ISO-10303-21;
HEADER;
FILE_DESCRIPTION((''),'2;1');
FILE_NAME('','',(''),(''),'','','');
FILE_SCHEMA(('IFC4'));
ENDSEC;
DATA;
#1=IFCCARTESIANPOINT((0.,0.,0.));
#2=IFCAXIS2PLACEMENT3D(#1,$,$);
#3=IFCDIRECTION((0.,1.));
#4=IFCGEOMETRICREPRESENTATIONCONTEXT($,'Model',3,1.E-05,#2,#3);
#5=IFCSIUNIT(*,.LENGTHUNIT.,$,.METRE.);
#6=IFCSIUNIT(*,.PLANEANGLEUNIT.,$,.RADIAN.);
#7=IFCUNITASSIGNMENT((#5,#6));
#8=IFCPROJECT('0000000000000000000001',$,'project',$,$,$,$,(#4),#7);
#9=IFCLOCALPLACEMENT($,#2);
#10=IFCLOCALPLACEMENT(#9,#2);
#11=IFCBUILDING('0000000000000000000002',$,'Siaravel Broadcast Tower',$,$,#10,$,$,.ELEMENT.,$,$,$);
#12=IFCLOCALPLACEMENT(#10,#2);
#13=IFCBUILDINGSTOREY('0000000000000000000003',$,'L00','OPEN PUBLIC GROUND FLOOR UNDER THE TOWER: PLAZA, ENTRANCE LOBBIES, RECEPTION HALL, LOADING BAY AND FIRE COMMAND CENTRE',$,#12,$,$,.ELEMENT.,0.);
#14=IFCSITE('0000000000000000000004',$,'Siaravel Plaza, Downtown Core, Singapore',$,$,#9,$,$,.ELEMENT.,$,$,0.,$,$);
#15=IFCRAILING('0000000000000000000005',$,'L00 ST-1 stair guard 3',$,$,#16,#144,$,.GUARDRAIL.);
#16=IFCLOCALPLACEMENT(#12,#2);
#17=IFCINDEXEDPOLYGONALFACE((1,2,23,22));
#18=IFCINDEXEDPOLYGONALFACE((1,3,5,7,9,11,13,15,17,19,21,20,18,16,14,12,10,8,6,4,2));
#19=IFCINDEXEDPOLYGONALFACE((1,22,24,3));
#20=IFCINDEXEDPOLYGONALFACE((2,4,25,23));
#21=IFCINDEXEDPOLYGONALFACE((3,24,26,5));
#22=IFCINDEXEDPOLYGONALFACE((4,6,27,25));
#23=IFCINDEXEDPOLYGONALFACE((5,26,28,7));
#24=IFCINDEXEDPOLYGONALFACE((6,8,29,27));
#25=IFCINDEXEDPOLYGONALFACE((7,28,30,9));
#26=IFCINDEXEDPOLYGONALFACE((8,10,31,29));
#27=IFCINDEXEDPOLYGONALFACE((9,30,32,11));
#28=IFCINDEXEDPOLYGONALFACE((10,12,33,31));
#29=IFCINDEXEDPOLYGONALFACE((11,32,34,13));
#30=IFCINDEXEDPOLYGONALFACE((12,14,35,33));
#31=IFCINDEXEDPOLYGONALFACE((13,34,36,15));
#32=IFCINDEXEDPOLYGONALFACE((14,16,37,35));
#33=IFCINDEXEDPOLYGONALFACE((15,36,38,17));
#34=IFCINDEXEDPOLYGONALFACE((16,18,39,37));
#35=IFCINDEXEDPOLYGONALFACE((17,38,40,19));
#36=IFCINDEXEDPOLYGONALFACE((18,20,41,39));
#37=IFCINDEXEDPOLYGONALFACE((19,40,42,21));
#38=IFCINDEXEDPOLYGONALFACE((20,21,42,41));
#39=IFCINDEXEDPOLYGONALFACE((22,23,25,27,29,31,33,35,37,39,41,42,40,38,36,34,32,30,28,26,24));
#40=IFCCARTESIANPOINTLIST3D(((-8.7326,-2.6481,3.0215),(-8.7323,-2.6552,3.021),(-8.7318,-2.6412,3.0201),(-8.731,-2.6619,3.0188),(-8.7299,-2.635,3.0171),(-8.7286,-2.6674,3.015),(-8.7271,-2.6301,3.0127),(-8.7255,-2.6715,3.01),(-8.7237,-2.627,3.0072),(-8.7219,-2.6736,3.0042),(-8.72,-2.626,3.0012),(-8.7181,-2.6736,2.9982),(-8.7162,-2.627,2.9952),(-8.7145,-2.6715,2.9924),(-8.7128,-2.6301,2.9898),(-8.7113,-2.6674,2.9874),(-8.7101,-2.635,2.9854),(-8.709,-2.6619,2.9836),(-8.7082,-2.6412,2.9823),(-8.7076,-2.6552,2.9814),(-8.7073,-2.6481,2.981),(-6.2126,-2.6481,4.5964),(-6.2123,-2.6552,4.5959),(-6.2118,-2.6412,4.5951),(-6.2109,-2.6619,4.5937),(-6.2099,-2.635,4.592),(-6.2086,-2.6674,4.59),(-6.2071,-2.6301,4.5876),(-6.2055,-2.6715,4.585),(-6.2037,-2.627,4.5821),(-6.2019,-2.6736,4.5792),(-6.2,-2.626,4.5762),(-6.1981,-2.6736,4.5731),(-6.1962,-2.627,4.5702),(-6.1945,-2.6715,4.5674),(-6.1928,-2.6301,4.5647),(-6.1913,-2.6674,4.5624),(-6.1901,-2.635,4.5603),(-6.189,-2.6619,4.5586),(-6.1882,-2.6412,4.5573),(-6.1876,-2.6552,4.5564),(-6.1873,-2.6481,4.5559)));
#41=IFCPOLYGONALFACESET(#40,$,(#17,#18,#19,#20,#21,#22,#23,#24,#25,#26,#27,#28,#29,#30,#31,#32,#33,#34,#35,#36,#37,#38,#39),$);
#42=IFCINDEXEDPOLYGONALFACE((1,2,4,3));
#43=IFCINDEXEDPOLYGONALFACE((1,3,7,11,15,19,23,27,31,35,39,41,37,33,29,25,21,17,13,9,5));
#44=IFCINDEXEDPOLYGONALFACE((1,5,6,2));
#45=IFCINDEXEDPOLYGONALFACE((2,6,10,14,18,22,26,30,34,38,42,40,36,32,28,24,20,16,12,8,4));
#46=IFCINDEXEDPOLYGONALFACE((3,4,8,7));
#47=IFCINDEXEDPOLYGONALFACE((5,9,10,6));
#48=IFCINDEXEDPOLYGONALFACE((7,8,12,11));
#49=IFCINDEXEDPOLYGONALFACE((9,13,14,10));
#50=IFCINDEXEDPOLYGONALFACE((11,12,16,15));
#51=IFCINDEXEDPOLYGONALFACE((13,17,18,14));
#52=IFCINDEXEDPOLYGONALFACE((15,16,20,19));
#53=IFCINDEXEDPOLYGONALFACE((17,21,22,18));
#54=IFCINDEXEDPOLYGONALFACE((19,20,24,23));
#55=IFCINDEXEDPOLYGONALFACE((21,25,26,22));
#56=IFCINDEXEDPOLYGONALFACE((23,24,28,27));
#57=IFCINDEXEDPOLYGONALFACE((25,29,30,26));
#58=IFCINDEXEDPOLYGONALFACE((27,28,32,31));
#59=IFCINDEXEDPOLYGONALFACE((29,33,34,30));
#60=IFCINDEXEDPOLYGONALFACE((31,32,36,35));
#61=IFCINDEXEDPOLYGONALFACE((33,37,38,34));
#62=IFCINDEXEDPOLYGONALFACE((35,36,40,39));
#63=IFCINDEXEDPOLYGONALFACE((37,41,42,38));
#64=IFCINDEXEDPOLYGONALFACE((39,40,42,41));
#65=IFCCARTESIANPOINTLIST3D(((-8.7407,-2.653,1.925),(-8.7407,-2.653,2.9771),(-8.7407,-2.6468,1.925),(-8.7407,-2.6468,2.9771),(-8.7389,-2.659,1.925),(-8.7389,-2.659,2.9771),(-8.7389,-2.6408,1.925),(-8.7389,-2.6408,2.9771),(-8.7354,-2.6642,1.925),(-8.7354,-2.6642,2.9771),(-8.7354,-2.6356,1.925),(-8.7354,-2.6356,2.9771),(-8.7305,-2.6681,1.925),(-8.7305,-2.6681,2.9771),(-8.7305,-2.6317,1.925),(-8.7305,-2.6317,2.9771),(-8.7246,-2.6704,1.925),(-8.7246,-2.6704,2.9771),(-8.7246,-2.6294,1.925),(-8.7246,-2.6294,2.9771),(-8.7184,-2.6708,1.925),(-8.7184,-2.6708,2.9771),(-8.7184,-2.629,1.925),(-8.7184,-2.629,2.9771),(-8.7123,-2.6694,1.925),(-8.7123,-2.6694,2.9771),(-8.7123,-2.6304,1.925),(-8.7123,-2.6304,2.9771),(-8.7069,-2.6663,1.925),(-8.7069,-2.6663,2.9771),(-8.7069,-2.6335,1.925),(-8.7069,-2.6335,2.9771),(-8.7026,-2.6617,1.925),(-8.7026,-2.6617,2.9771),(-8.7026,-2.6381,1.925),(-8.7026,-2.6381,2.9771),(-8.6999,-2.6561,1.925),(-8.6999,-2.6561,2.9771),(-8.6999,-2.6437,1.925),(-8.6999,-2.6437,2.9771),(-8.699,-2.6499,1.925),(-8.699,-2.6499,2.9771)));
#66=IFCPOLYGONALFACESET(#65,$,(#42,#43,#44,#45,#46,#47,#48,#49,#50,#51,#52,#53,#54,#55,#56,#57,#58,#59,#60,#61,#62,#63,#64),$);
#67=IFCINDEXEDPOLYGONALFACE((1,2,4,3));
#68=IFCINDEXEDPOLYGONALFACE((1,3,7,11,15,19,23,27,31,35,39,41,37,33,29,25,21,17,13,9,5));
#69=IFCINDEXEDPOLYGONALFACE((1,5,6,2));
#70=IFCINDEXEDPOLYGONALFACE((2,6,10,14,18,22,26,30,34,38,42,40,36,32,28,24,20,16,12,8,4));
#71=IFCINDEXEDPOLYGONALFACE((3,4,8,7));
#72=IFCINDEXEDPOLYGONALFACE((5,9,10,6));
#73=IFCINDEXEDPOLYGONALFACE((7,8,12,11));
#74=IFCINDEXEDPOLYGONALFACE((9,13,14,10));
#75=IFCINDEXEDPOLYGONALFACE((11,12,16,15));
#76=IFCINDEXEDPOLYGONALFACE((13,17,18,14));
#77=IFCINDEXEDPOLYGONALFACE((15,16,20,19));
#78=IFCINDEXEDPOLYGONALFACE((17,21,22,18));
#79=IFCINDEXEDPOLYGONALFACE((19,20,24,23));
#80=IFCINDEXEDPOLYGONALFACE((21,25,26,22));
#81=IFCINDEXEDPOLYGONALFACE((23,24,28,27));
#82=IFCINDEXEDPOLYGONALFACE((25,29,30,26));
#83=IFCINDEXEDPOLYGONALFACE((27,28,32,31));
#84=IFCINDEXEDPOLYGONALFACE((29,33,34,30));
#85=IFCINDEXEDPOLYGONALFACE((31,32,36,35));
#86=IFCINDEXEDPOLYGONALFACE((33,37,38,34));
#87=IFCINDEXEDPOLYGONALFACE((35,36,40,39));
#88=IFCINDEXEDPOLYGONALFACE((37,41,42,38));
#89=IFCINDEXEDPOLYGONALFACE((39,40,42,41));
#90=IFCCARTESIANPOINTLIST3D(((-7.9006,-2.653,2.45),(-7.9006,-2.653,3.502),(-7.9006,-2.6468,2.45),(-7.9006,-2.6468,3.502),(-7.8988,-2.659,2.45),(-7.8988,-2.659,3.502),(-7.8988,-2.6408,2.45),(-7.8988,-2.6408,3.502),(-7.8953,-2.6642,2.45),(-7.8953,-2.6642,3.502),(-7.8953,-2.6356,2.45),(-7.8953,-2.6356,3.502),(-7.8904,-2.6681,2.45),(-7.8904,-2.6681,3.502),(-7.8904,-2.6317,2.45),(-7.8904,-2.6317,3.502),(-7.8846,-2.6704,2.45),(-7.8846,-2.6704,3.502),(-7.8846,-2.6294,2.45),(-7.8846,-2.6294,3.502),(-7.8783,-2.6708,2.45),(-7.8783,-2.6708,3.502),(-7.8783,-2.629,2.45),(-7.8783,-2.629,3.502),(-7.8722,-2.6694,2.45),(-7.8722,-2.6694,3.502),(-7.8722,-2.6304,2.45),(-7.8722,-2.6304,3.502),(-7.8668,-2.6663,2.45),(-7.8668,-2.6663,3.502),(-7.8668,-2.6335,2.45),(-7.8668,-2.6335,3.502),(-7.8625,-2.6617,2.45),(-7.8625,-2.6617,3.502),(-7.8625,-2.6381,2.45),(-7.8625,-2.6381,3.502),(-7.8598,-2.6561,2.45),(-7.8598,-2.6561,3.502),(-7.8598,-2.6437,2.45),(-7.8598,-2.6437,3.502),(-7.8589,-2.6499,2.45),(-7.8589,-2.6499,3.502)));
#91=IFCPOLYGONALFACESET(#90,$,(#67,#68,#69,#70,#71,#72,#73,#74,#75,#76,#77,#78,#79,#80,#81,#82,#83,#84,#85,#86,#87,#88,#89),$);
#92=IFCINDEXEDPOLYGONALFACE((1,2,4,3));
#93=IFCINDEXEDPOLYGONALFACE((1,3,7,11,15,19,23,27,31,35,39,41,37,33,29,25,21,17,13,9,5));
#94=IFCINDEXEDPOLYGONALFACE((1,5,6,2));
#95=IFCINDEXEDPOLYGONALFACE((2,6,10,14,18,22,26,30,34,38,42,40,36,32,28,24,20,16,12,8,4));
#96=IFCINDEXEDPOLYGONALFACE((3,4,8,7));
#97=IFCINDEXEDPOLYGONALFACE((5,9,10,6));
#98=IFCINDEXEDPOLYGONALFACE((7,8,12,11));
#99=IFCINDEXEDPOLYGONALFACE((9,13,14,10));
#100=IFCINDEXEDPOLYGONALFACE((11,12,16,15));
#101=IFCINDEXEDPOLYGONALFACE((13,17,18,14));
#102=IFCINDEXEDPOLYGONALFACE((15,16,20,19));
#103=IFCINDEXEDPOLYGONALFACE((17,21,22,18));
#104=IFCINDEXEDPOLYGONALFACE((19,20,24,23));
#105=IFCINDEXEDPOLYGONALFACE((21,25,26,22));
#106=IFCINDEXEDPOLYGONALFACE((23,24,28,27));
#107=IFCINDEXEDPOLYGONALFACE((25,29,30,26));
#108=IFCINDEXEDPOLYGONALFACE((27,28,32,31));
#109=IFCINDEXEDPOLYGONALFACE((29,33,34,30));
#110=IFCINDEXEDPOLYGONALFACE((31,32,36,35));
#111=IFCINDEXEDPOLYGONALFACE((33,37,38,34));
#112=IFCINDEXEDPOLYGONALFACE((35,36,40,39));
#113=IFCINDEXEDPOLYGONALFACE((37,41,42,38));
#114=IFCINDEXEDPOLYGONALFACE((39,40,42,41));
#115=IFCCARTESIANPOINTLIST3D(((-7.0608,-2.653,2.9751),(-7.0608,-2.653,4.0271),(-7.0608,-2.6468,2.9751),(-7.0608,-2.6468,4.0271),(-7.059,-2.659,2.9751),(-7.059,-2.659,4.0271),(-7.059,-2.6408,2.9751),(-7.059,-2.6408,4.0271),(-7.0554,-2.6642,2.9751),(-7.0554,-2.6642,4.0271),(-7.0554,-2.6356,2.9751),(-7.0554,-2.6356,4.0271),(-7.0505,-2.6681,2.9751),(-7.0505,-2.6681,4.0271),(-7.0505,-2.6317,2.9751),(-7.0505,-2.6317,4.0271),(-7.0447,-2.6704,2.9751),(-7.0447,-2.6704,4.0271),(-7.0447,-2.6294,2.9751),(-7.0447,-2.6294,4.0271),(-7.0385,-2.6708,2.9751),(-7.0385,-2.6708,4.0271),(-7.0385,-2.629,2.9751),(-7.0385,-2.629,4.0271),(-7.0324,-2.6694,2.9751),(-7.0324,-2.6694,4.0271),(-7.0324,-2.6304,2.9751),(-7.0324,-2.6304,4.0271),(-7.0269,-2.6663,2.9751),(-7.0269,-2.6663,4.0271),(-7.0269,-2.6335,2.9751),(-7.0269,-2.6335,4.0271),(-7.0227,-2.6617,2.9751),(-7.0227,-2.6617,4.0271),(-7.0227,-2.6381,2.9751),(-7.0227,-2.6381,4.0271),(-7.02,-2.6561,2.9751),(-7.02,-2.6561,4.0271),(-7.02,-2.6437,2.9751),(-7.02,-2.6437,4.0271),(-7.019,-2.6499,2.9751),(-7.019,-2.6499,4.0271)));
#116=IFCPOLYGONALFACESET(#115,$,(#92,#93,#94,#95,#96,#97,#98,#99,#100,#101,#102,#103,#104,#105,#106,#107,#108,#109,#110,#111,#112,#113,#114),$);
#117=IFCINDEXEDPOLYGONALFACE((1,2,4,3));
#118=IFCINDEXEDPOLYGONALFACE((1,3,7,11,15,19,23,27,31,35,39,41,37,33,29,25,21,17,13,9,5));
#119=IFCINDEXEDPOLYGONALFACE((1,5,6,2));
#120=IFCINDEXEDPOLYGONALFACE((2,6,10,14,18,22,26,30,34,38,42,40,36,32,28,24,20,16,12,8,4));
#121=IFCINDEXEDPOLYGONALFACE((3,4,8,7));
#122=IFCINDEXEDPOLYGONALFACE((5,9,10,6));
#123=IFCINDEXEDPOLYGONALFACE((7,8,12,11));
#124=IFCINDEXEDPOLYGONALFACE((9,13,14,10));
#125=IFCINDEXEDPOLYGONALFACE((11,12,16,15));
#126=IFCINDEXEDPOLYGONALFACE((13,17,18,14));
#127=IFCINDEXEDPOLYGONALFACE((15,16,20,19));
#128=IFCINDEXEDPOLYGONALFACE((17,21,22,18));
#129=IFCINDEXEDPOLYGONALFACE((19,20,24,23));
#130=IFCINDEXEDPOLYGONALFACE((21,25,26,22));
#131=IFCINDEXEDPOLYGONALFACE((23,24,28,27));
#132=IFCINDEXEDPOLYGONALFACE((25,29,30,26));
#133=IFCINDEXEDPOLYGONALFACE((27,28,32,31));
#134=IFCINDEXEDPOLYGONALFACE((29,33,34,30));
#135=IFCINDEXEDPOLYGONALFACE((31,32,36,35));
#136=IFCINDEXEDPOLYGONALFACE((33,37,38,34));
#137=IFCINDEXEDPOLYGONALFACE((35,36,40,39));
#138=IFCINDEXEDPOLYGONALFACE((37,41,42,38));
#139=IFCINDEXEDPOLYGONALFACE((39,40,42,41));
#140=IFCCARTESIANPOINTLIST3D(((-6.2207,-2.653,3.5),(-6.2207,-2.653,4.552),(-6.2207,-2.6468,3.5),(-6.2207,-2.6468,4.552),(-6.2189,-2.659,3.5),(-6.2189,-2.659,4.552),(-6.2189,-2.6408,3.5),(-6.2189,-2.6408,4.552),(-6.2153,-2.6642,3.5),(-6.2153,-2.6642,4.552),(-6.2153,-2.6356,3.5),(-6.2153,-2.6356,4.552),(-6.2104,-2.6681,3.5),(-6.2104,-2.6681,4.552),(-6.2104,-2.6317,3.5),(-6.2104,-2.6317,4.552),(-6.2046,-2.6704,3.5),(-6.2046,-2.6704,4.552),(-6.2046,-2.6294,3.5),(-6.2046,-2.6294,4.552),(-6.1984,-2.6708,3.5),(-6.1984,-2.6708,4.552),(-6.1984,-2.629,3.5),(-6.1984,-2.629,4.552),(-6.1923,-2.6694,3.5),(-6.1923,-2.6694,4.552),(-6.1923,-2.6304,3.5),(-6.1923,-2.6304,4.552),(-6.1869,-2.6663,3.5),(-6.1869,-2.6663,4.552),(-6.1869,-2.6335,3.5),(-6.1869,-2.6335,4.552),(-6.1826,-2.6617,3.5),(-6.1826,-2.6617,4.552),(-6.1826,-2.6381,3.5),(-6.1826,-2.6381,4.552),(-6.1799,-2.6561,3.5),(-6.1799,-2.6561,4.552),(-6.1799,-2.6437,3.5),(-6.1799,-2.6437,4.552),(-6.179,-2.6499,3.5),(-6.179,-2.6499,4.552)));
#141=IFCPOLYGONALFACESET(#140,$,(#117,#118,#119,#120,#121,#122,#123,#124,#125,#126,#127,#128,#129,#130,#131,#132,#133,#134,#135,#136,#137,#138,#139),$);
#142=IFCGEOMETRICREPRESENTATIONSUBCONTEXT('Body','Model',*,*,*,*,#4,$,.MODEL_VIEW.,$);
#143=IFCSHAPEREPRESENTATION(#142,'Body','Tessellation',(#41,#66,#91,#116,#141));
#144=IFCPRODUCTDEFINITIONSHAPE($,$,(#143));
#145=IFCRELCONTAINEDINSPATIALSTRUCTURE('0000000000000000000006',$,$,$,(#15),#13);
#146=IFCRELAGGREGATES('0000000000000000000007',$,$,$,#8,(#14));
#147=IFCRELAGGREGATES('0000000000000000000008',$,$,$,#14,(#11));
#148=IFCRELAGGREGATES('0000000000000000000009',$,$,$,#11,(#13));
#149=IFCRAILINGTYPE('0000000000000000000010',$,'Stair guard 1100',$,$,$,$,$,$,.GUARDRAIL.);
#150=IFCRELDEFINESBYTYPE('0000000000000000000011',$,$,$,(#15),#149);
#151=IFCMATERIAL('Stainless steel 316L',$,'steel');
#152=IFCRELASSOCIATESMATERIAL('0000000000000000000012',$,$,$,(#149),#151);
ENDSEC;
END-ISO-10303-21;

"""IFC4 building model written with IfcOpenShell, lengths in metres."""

from ifc_helpers import new_model, si_unit, direction, frame, origin, origin_2d, place, context, subcontext, project, spatial, circle, extrude, material, type_object, element, save


model = new_model("IFC4")

# Units and contexts
model_context = context("Model", 3, precision=1e-05, world=origin(), true_north=direction((0.0, 1.0)))
body_context = subcontext(model_context, "Body", "Model", "MODEL_VIEW")
ifc_project = project(units=[si_unit("LENGTHUNIT", "METRE"), si_unit("PLANEANGLEUNIT", "RADIAN")], contexts=[model_context])

# Site, building, storey
site_placement = place(None, origin())
site = spatial("IfcSite", under=ifc_project, at=site_placement, Name="Siaravel Plaza, Downtown Core, Singapore", CompositionType="ELEMENT", RefElevation=0.0)
building_placement = place(site_placement, origin())
building = spatial("IfcBuilding", under=site, at=building_placement, Name="Siaravel Broadcast Tower", CompositionType="ELEMENT")
storey_placement = place(building_placement, origin())
storey = spatial("IfcBuildingStorey", under=building, at=storey_placement, Name="L00", Description="OPEN PUBLIC GROUND FLOOR UNDER THE TOWER: PLAZA, ENTRANCE LOBBIES, RECEPTION HALL, LOADING BAY AND FIRE COMMAND CENTRE", CompositionType="ELEMENT", Elevation=0.0)

# Shared definitions
ifc_material_1 = material(Name="Stainless steel 316L", Category="steel")

# Railing
railing_type_1 = type_object("IfcRailingType", Name="Stair guard 1100", PredefinedType="GUARDRAIL", material=ifc_material_1)
railing_1_placement = place(storey_placement, frame((-8.72, -2.6499, 1.925)))
element("IfcRailing", 1, at=railing_1_placement, inside=storey, type_object=railing_type_1, Name="L00 ST-1 stair guard 3", PredefinedType="GUARDRAIL", context=body_context, shape_type="SweptSolid", body=[
    extrude(circle(Radius=0.0239, at=origin_2d()), frame((0.0, 0.0, 1.0762), z_axis=(0.848008, 0.0, 0.529984), x_axis=(0.0, 1.0, 0.0)), (0.0, 0.0, 1.0), 2.9717),
    extrude(circle(Radius=0.021, at=origin_2d()), origin(), (0.0, 0.0, 1.0), 1.052),
    extrude(circle(Radius=0.021, at=origin_2d()), frame((0.8401, 0.0, 0.5249)), (0.0, 0.0, 1.0), 1.052),
    extrude(circle(Radius=0.021, at=origin_2d()), frame((1.6799, 0.0, 1.05)), (0.0, 0.0, 1.0), 1.052),
    extrude(circle(Radius=0.021, at=origin_2d()), frame((2.52, 0.0, 1.575)), (0.0, 0.0, 1.0), 1.052),
])

save(model, "model.ifc")
